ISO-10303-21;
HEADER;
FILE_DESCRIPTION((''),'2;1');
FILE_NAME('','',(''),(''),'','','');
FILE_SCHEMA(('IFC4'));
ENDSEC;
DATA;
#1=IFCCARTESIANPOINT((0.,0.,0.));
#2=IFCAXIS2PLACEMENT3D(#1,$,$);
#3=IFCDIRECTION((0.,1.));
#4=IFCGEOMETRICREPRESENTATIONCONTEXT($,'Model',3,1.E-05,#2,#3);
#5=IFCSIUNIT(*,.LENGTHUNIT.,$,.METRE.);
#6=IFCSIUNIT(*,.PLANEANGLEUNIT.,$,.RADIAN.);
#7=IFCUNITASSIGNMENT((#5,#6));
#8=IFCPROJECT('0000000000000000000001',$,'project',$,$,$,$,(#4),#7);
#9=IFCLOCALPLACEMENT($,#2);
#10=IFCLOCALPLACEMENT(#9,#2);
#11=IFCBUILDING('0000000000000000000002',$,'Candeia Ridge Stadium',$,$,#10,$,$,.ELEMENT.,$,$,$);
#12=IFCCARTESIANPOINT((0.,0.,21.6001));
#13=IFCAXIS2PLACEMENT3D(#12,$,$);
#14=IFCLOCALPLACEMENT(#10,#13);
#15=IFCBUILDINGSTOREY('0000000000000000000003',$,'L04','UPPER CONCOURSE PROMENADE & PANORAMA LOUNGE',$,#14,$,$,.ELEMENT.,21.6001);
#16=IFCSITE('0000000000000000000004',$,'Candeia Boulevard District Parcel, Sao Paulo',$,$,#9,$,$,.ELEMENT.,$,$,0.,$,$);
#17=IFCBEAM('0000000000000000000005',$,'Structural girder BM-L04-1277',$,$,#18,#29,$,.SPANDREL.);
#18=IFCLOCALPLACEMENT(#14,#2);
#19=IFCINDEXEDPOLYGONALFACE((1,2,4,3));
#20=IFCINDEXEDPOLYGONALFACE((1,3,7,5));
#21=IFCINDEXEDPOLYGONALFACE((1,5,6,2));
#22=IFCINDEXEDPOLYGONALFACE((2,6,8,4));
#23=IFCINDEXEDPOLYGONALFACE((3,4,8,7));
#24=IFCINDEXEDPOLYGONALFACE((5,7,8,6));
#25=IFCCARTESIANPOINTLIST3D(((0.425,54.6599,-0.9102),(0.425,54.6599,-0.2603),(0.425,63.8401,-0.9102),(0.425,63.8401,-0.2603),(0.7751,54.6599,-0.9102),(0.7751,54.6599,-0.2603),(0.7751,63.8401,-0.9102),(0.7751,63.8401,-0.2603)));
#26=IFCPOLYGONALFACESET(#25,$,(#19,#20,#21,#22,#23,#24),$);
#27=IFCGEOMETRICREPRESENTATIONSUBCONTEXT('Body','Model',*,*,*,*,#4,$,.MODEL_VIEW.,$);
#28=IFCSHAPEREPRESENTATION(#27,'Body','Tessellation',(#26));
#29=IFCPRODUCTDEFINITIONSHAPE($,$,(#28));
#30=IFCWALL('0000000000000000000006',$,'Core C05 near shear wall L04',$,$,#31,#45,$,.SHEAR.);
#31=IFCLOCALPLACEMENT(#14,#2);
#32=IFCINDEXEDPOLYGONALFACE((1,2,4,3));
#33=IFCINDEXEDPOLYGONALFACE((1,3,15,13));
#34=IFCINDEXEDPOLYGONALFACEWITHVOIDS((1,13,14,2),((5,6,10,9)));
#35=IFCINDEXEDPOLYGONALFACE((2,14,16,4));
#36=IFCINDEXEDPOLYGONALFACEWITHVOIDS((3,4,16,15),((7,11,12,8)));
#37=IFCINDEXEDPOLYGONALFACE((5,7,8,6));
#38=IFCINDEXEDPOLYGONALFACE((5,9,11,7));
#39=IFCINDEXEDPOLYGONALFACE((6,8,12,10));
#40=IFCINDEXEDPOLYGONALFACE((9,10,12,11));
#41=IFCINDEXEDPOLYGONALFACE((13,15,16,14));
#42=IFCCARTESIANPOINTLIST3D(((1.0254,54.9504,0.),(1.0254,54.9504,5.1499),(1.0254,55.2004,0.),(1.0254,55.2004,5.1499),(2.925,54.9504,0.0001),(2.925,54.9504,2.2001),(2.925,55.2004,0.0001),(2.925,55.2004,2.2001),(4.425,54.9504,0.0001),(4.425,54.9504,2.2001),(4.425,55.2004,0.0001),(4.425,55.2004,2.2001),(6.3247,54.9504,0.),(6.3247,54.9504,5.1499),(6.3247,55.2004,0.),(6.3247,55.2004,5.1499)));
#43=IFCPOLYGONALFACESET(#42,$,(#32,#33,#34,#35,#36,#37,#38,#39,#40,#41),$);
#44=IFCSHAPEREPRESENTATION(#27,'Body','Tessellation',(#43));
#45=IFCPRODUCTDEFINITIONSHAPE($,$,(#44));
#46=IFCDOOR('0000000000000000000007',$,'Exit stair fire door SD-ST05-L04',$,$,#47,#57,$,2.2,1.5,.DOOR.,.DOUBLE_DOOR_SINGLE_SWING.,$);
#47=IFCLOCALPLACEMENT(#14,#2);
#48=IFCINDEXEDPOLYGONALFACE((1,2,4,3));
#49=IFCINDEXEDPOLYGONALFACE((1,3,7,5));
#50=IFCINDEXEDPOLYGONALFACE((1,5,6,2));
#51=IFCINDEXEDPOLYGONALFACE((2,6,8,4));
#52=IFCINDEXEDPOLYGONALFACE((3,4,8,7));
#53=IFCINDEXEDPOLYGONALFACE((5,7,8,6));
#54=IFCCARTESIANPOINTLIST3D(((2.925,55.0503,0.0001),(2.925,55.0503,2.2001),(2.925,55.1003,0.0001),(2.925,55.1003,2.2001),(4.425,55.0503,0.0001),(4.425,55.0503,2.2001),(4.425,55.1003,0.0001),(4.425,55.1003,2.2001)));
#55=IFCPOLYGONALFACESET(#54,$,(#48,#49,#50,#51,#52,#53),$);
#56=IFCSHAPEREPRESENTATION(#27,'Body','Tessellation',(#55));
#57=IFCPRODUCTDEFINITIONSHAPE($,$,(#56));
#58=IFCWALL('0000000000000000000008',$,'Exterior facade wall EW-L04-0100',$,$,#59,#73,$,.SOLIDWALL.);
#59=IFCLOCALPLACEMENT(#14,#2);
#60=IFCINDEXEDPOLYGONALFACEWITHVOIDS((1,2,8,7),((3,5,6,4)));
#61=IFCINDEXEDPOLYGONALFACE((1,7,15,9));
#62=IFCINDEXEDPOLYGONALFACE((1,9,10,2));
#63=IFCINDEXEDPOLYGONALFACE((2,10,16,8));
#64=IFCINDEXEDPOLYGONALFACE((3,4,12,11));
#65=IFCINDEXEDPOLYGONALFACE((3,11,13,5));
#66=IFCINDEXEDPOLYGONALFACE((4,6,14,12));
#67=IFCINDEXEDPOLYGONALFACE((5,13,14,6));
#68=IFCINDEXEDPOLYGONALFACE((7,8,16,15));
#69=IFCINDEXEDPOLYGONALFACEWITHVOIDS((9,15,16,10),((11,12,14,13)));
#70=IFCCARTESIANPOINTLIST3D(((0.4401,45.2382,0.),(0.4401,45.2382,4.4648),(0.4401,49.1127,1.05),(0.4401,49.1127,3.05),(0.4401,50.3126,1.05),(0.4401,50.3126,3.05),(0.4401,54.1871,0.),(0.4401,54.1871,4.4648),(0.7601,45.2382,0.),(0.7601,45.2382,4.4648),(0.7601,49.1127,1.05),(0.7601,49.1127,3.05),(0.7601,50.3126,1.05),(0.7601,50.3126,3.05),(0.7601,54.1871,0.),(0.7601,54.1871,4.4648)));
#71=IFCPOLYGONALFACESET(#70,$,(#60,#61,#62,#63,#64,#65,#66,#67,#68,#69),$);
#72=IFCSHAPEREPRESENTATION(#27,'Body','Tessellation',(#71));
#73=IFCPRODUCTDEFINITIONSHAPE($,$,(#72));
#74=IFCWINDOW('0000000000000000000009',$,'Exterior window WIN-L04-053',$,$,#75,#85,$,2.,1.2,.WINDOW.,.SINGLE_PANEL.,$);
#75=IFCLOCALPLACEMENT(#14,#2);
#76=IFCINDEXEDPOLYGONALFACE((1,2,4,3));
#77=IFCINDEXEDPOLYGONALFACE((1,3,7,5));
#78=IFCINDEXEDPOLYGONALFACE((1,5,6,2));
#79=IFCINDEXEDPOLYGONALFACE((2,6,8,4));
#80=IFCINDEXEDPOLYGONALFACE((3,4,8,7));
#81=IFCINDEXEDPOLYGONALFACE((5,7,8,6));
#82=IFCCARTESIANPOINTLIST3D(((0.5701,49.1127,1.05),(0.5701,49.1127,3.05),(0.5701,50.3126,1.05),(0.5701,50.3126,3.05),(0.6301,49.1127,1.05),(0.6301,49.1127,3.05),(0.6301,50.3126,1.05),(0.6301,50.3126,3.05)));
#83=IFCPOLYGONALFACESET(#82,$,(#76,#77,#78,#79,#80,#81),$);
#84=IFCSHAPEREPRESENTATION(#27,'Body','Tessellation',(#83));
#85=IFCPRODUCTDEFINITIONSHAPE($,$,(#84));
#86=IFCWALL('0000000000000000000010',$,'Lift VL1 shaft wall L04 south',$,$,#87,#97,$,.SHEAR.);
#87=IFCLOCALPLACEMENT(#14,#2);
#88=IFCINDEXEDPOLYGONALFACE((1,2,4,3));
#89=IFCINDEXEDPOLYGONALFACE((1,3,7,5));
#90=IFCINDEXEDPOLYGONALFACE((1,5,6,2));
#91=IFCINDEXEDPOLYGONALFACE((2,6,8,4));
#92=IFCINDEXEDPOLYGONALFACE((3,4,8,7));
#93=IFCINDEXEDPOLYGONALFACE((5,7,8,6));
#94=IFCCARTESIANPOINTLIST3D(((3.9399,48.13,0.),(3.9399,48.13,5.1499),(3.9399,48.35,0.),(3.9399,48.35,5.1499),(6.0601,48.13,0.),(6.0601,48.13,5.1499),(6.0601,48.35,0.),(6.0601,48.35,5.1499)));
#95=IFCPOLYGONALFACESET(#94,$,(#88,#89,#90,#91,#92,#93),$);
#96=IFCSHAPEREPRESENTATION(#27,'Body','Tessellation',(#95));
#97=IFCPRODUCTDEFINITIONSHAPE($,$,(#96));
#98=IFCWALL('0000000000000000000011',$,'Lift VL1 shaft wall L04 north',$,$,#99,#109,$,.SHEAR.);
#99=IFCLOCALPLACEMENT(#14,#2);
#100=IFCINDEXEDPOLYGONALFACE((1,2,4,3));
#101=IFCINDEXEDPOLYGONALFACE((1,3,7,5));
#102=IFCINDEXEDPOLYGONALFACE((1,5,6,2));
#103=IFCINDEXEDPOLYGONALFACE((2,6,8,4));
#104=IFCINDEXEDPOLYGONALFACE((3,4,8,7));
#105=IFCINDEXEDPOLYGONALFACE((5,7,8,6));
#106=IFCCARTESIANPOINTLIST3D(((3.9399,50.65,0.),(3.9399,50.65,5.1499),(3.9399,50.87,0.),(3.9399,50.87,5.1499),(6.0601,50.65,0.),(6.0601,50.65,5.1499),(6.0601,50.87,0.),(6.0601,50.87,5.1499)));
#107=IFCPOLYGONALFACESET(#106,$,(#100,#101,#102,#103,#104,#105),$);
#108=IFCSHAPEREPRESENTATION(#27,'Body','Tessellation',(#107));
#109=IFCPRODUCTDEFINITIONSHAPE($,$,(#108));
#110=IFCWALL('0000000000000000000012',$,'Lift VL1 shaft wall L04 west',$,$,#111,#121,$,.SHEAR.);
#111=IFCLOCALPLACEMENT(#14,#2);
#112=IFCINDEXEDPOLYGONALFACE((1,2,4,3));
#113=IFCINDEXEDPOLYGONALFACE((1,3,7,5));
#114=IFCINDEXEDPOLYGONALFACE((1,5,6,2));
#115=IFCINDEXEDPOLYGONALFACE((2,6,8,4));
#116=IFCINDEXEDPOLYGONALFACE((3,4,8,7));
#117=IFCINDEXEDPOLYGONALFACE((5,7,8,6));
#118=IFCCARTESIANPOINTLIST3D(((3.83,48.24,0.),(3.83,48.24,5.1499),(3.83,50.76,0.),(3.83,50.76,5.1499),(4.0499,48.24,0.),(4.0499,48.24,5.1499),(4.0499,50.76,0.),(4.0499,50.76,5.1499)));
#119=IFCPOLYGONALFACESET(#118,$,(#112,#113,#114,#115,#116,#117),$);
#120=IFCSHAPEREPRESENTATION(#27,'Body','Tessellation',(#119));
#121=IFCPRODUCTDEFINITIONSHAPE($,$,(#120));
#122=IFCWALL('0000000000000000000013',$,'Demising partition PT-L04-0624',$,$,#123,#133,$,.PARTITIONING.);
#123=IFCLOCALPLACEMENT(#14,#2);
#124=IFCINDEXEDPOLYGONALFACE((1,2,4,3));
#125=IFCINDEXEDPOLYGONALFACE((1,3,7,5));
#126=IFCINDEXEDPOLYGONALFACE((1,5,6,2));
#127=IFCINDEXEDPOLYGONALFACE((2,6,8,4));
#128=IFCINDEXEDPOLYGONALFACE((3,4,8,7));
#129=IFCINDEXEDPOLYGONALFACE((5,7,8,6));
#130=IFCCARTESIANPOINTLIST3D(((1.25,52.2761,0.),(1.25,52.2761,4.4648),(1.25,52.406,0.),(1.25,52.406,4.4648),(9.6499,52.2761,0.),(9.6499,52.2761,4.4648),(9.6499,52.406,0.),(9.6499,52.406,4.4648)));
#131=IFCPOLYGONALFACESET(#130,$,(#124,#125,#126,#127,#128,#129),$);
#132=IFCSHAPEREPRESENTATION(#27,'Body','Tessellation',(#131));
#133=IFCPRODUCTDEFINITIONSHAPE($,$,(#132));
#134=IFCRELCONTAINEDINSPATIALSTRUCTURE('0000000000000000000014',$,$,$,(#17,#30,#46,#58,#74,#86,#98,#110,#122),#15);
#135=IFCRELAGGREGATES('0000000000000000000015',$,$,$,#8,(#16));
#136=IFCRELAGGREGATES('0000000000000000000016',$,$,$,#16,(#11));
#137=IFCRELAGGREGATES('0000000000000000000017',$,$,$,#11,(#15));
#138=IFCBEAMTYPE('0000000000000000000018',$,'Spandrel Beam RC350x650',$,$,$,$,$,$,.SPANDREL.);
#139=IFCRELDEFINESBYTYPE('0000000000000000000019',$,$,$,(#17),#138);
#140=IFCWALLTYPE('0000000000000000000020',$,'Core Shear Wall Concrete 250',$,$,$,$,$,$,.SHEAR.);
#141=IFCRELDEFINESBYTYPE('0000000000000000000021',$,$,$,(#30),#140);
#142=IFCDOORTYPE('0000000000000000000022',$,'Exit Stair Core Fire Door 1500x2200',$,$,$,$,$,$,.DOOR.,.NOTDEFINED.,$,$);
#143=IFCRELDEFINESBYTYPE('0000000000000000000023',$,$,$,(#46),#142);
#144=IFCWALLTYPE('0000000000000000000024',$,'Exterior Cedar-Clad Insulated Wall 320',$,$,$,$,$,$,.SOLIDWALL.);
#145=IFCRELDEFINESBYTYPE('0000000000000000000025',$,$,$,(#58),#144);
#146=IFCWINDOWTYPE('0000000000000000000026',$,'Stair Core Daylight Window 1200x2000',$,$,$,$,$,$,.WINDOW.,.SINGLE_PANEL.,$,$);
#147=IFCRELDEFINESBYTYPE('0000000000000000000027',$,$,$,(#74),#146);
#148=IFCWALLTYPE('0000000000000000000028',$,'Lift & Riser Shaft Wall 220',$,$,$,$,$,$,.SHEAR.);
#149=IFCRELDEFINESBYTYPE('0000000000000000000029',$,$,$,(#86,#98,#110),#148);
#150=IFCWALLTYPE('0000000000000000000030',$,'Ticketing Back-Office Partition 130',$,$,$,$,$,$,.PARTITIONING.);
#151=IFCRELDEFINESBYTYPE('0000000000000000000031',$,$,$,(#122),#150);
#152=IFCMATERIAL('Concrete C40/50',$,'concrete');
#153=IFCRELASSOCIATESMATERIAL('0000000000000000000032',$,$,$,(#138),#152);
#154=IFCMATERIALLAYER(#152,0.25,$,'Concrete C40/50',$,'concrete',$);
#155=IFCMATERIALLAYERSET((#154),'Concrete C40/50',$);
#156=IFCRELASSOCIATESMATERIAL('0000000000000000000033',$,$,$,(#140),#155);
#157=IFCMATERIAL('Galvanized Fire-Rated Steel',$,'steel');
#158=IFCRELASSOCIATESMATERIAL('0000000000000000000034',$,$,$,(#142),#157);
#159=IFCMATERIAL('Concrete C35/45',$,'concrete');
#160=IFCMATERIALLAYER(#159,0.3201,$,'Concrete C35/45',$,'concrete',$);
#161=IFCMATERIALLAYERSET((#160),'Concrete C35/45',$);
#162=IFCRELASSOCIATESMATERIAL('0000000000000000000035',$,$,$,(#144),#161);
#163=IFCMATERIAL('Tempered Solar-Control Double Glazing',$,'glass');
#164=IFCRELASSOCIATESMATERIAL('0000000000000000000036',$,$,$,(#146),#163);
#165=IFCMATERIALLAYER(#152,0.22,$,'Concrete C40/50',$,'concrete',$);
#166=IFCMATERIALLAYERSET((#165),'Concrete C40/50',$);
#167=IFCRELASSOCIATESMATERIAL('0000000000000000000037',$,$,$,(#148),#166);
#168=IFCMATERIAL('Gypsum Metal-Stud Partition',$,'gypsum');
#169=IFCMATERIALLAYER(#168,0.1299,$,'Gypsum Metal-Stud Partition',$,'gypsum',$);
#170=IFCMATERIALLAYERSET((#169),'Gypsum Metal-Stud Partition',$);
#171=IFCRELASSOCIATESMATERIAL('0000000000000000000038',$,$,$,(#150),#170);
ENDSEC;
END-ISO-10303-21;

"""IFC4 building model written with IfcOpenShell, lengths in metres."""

from ifc_helpers import new_model, si_unit, direction, frame, frame_2d, origin, origin_2d, place, context, subcontext, project, spatial, rectangle, extrude, material, layer, layer_set, material_profile, profile_set, type_object, element, fill, save


model = new_model("IFC4")

# Units and contexts
model_context = context("Model", 3, precision=1e-05, world=origin(), true_north=direction((0.0, 1.0)))
body_context = subcontext(model_context, "Body", "Model", "MODEL_VIEW")
ifc_project = project(units=[si_unit("LENGTHUNIT", "METRE"), si_unit("PLANEANGLEUNIT", "RADIAN")], contexts=[model_context])

# Site, building, storey
site_placement = place(None, origin())
site = spatial("IfcSite", under=ifc_project, at=site_placement, Name="Candeia Boulevard District Parcel, Sao Paulo", CompositionType="ELEMENT", RefElevation=0.0)
building_placement = place(site_placement, origin())
building = spatial("IfcBuilding", under=site, at=building_placement, Name="Candeia Ridge Stadium", CompositionType="ELEMENT")
storey_placement = place(building_placement, frame((0.0, 0.0, 21.6001)))
storey = spatial("IfcBuildingStorey", under=building, at=storey_placement, Name="L04", Description="UPPER CONCOURSE PROMENADE & PANORAMA LOUNGE", CompositionType="ELEMENT", Elevation=21.6001)

# Shared definitions
ifc_material_1 = material(Name="Concrete C40/50", Category="concrete")

# Beam
ifc_material_profile_1 = material_profile(ifc_material_1, rectangle(XDim=0.3501, YDim=0.6499, at=origin_2d()), Name="RC350x650", Category="concrete")
ifc_profile_set_1 = profile_set([ifc_material_profile_1], Name="Concrete C40/50")
beam_type_1 = type_object("IfcBeamType", Name="Spandrel Beam RC350x650", PredefinedType="SPANDREL", material=ifc_profile_set_1)
for number, where, z_axis, x_axis, name in (
    (1, (0.6001, 54.6599, -0.5852), (0.0, 1.0, 0.0), (-1.0, 0.0, 0.0), "Structural girder BM-L04-1277"),
):
    element("IfcBeam", number, at=place(storey_placement, frame(where, z_axis=z_axis, x_axis=x_axis)), inside=storey, type_object=beam_type_1, Name=name, PredefinedType="SPANDREL", context=body_context, shape_type="SweptSolid", body=[
        extrude(rectangle(XDim=0.3501, YDim=0.6499, at=origin_2d()), origin(), (0.0, 0.0, 1.0), 9.1802),
    ])

# Wall, opening, door
ifc_layer_1 = layer(ifc_material_1, 0.25, Name="Concrete C40/50", Category="concrete")
ifc_layer_set_1 = layer_set([ifc_layer_1], Name="Concrete C40/50")
wall_type_1 = type_object("IfcWallType", Name="Core Shear Wall Concrete 250", PredefinedType="SHEAR", material=ifc_layer_set_1)
wall_1_placement = place(storey_placement, frame((1.0254, 55.0754, 0.0), z_axis=(0.0, 0.0, 1.0), x_axis=(1.0, 0.0, 0.0)))
wall_1 = element("IfcWall", 2, at=wall_1_placement, inside=storey, type_object=wall_type_1, Name="Core C05 near shear wall L04", PredefinedType="SHEAR", context=body_context, shape_type="SweptSolid", body=[
    extrude(rectangle(XDim=5.2993, YDim=0.25, at=frame_2d((2.6497, 0.0))), origin(), (0.0, 0.0, 1.0), 5.1499),
])
opening_1_placement = place(wall_1_placement, frame((1.8997, 0.0, 0.0)))
opening_1 = element("IfcOpeningElement", 3, at=opening_1_placement, cuts=wall_1, PredefinedType="OPENING", context=body_context, shape_type="SweptSolid", body=[
    extrude(rectangle(XDim=1.5, YDim=2.2, at=frame_2d((0.75, 1.1001))), frame((0.0, 0.135, 0.0), z_axis=(0.0, -1.0, 0.0), x_axis=(1.0, 0.0, 0.0)), (0.0, 0.0, 1.0), 0.27),
])
ifc_material_2 = material(Name="Galvanized Fire-Rated Steel", Category="steel")
door_type_1 = type_object("IfcDoorType", Name="Exit Stair Core Fire Door 1500x2200", OperationType="NOTDEFINED", PredefinedType="DOOR", material=ifc_material_2)
door_1_placement = place(opening_1_placement, origin())
door_1 = element("IfcDoor", 4, at=door_1_placement, inside=storey, type_object=door_type_1, Name="Exit stair fire door SD-ST05-L04", OperationType="DOUBLE_DOOR_SINGLE_SWING", OverallHeight=2.2, OverallWidth=1.5, PredefinedType="DOOR", context=body_context, shape_type="SweptSolid", body=[
    extrude(rectangle(XDim=1.5, YDim=2.2, at=frame_2d((0.75, 1.1001))), frame((0.0, 0.0249, 0.0), z_axis=(0.0, -1.0, 0.0), x_axis=(1.0, 0.0, 0.0)), (0.0, 0.0, 1.0), 0.05),
])
fill(opening_1, door_1)

# Wall, opening, window
ifc_material_3 = material(Name="Concrete C35/45", Category="concrete")
ifc_layer_2 = layer(ifc_material_3, 0.3201, Name="Concrete C35/45", Category="concrete")
ifc_layer_set_2 = layer_set([ifc_layer_2], Name="Concrete C35/45")
wall_type_2 = type_object("IfcWallType", Name="Exterior Cedar-Clad Insulated Wall 320", PredefinedType="SOLIDWALL", material=ifc_layer_set_2)
wall_2_placement = place(storey_placement, frame((0.6001, 45.238, 0.0), z_axis=(0.0, 0.0, 1.0), x_axis=(0.0, 1.0, 0.0)))
wall_2 = element("IfcWall", 5, at=wall_2_placement, inside=storey, type_object=wall_type_2, Name="Exterior facade wall EW-L04-0100", PredefinedType="SOLIDWALL", context=body_context, shape_type="SweptSolid", body=[
    extrude(rectangle(XDim=8.949, YDim=0.3201, at=frame_2d((4.4746, 0.0))), origin(), (0.0, 0.0, 1.0), 4.4648),
])
opening_2_placement = place(wall_2_placement, frame((3.8745, 0.0, 1.05)))
opening_2 = element("IfcOpeningElement", 6, at=opening_2_placement, cuts=wall_2, PredefinedType="OPENING", context=body_context, shape_type="SweptSolid", body=[
    extrude(rectangle(XDim=1.2, YDim=2.0, at=frame_2d((0.6001, 1.0))), frame((0.0, 0.1699, 0.0), z_axis=(0.0, -1.0, 0.0), x_axis=(1.0, 0.0, 0.0)), (0.0, 0.0, 1.0), 0.3401),
])
ifc_material_4 = material(Name="Tempered Solar-Control Double Glazing", Category="glass")
window_type = type_object("IfcWindowType", Name="Stair Core Daylight Window 1200x2000", PartitioningType="SINGLE_PANEL", PredefinedType="WINDOW", material=ifc_material_4)
window_placement = place(opening_2_placement, origin())
window = element("IfcWindow", 7, at=window_placement, inside=storey, type_object=window_type, Name="Exterior window WIN-L04-053", OverallHeight=2.0, OverallWidth=1.2, PartitioningType="SINGLE_PANEL", PredefinedType="WINDOW", context=body_context, shape_type="SweptSolid", body=[
    extrude(rectangle(XDim=1.2, YDim=2.0, at=frame_2d((0.6001, 1.0))), frame((0.0, 0.03, 0.0), z_axis=(0.0, -1.0, 0.0), x_axis=(1.0, 0.0, 0.0)), (0.0, 0.0, 1.0), 0.0601),
])
fill(opening_2, window)

# Wall
ifc_layer_3 = layer(ifc_material_1, 0.22, Name="Concrete C40/50", Category="concrete")
ifc_layer_set_3 = layer_set([ifc_layer_3], Name="Concrete C40/50")
wall_type_3 = type_object("IfcWallType", Name="Lift & Riser Shaft Wall 220", PredefinedType="SHEAR", material=ifc_layer_set_3)
wall_3_placement = place(storey_placement, frame((3.9399, 48.24, 0.0), z_axis=(0.0, 0.0, 1.0), x_axis=(1.0, 0.0, 0.0)))
element("IfcWall", 8, at=wall_3_placement, inside=storey, type_object=wall_type_3, Name="Lift VL1 shaft wall L04 south", PredefinedType="SHEAR", context=body_context, shape_type="SweptSolid", body=[
    extrude(rectangle(XDim=2.1201, YDim=0.22, at=frame_2d((1.0601, 0.0))), origin(), (0.0, 0.0, 1.0), 5.1499),
])

# Walls
wall_4_placement = place(storey_placement, frame((6.0601, 50.76, 0.0), z_axis=(0.0, 0.0, 1.0), x_axis=(-1.0, 0.0, 0.0)))
element("IfcWall", 9, at=wall_4_placement, inside=storey, type_object=wall_type_3, Name="Lift VL1 shaft wall L04 north", PredefinedType="SHEAR", context=body_context, shape_type="SweptSolid", body=[
    extrude(rectangle(XDim=2.1201, YDim=0.22, at=frame_2d((1.0601, 0.0))), origin(), (0.0, 0.0, 1.0), 5.1499),
])
wall_5_placement = place(storey_placement, frame((3.9399, 50.76, 0.0), z_axis=(0.0, 0.0, 1.0), x_axis=(0.0, -1.0, 0.0)))
element("IfcWall", 10, at=wall_5_placement, inside=storey, type_object=wall_type_3, Name="Lift VL1 shaft wall L04 west", PredefinedType="SHEAR", context=body_context, shape_type="SweptSolid", body=[
    extrude(rectangle(XDim=2.52, YDim=0.22, at=frame_2d((1.26, 0.0))), origin(), (0.0, 0.0, 1.0), 5.1499),
])
ifc_material_5 = material(Name="Gypsum Metal-Stud Partition", Category="gypsum")
ifc_layer_4 = layer(ifc_material_5, 0.1299, Name="Gypsum Metal-Stud Partition", Category="gypsum")
ifc_layer_set_4 = layer_set([ifc_layer_4], Name="Gypsum Metal-Stud Partition")
wall_type_4 = type_object("IfcWallType", Name="Ticketing Back-Office Partition 130", PredefinedType="PARTITIONING", material=ifc_layer_set_4)
wall_6_placement = place(storey_placement, frame((1.25, 52.3411, 0.0), z_axis=(0.0, 0.0, 1.0), x_axis=(1.0, 0.0, 0.0)))
element("IfcWall", 11, at=wall_6_placement, inside=storey, type_object=wall_type_4, Name="Demising partition PT-L04-0624", PredefinedType="PARTITIONING", context=body_context, shape_type="SweptSolid", body=[
    extrude(rectangle(XDim=8.3999, YDim=0.1299, at=frame_2d((4.2, 0.0))), origin(), (0.0, 0.0, 1.0), 4.4648),
])

save(model, "model.ifc")
